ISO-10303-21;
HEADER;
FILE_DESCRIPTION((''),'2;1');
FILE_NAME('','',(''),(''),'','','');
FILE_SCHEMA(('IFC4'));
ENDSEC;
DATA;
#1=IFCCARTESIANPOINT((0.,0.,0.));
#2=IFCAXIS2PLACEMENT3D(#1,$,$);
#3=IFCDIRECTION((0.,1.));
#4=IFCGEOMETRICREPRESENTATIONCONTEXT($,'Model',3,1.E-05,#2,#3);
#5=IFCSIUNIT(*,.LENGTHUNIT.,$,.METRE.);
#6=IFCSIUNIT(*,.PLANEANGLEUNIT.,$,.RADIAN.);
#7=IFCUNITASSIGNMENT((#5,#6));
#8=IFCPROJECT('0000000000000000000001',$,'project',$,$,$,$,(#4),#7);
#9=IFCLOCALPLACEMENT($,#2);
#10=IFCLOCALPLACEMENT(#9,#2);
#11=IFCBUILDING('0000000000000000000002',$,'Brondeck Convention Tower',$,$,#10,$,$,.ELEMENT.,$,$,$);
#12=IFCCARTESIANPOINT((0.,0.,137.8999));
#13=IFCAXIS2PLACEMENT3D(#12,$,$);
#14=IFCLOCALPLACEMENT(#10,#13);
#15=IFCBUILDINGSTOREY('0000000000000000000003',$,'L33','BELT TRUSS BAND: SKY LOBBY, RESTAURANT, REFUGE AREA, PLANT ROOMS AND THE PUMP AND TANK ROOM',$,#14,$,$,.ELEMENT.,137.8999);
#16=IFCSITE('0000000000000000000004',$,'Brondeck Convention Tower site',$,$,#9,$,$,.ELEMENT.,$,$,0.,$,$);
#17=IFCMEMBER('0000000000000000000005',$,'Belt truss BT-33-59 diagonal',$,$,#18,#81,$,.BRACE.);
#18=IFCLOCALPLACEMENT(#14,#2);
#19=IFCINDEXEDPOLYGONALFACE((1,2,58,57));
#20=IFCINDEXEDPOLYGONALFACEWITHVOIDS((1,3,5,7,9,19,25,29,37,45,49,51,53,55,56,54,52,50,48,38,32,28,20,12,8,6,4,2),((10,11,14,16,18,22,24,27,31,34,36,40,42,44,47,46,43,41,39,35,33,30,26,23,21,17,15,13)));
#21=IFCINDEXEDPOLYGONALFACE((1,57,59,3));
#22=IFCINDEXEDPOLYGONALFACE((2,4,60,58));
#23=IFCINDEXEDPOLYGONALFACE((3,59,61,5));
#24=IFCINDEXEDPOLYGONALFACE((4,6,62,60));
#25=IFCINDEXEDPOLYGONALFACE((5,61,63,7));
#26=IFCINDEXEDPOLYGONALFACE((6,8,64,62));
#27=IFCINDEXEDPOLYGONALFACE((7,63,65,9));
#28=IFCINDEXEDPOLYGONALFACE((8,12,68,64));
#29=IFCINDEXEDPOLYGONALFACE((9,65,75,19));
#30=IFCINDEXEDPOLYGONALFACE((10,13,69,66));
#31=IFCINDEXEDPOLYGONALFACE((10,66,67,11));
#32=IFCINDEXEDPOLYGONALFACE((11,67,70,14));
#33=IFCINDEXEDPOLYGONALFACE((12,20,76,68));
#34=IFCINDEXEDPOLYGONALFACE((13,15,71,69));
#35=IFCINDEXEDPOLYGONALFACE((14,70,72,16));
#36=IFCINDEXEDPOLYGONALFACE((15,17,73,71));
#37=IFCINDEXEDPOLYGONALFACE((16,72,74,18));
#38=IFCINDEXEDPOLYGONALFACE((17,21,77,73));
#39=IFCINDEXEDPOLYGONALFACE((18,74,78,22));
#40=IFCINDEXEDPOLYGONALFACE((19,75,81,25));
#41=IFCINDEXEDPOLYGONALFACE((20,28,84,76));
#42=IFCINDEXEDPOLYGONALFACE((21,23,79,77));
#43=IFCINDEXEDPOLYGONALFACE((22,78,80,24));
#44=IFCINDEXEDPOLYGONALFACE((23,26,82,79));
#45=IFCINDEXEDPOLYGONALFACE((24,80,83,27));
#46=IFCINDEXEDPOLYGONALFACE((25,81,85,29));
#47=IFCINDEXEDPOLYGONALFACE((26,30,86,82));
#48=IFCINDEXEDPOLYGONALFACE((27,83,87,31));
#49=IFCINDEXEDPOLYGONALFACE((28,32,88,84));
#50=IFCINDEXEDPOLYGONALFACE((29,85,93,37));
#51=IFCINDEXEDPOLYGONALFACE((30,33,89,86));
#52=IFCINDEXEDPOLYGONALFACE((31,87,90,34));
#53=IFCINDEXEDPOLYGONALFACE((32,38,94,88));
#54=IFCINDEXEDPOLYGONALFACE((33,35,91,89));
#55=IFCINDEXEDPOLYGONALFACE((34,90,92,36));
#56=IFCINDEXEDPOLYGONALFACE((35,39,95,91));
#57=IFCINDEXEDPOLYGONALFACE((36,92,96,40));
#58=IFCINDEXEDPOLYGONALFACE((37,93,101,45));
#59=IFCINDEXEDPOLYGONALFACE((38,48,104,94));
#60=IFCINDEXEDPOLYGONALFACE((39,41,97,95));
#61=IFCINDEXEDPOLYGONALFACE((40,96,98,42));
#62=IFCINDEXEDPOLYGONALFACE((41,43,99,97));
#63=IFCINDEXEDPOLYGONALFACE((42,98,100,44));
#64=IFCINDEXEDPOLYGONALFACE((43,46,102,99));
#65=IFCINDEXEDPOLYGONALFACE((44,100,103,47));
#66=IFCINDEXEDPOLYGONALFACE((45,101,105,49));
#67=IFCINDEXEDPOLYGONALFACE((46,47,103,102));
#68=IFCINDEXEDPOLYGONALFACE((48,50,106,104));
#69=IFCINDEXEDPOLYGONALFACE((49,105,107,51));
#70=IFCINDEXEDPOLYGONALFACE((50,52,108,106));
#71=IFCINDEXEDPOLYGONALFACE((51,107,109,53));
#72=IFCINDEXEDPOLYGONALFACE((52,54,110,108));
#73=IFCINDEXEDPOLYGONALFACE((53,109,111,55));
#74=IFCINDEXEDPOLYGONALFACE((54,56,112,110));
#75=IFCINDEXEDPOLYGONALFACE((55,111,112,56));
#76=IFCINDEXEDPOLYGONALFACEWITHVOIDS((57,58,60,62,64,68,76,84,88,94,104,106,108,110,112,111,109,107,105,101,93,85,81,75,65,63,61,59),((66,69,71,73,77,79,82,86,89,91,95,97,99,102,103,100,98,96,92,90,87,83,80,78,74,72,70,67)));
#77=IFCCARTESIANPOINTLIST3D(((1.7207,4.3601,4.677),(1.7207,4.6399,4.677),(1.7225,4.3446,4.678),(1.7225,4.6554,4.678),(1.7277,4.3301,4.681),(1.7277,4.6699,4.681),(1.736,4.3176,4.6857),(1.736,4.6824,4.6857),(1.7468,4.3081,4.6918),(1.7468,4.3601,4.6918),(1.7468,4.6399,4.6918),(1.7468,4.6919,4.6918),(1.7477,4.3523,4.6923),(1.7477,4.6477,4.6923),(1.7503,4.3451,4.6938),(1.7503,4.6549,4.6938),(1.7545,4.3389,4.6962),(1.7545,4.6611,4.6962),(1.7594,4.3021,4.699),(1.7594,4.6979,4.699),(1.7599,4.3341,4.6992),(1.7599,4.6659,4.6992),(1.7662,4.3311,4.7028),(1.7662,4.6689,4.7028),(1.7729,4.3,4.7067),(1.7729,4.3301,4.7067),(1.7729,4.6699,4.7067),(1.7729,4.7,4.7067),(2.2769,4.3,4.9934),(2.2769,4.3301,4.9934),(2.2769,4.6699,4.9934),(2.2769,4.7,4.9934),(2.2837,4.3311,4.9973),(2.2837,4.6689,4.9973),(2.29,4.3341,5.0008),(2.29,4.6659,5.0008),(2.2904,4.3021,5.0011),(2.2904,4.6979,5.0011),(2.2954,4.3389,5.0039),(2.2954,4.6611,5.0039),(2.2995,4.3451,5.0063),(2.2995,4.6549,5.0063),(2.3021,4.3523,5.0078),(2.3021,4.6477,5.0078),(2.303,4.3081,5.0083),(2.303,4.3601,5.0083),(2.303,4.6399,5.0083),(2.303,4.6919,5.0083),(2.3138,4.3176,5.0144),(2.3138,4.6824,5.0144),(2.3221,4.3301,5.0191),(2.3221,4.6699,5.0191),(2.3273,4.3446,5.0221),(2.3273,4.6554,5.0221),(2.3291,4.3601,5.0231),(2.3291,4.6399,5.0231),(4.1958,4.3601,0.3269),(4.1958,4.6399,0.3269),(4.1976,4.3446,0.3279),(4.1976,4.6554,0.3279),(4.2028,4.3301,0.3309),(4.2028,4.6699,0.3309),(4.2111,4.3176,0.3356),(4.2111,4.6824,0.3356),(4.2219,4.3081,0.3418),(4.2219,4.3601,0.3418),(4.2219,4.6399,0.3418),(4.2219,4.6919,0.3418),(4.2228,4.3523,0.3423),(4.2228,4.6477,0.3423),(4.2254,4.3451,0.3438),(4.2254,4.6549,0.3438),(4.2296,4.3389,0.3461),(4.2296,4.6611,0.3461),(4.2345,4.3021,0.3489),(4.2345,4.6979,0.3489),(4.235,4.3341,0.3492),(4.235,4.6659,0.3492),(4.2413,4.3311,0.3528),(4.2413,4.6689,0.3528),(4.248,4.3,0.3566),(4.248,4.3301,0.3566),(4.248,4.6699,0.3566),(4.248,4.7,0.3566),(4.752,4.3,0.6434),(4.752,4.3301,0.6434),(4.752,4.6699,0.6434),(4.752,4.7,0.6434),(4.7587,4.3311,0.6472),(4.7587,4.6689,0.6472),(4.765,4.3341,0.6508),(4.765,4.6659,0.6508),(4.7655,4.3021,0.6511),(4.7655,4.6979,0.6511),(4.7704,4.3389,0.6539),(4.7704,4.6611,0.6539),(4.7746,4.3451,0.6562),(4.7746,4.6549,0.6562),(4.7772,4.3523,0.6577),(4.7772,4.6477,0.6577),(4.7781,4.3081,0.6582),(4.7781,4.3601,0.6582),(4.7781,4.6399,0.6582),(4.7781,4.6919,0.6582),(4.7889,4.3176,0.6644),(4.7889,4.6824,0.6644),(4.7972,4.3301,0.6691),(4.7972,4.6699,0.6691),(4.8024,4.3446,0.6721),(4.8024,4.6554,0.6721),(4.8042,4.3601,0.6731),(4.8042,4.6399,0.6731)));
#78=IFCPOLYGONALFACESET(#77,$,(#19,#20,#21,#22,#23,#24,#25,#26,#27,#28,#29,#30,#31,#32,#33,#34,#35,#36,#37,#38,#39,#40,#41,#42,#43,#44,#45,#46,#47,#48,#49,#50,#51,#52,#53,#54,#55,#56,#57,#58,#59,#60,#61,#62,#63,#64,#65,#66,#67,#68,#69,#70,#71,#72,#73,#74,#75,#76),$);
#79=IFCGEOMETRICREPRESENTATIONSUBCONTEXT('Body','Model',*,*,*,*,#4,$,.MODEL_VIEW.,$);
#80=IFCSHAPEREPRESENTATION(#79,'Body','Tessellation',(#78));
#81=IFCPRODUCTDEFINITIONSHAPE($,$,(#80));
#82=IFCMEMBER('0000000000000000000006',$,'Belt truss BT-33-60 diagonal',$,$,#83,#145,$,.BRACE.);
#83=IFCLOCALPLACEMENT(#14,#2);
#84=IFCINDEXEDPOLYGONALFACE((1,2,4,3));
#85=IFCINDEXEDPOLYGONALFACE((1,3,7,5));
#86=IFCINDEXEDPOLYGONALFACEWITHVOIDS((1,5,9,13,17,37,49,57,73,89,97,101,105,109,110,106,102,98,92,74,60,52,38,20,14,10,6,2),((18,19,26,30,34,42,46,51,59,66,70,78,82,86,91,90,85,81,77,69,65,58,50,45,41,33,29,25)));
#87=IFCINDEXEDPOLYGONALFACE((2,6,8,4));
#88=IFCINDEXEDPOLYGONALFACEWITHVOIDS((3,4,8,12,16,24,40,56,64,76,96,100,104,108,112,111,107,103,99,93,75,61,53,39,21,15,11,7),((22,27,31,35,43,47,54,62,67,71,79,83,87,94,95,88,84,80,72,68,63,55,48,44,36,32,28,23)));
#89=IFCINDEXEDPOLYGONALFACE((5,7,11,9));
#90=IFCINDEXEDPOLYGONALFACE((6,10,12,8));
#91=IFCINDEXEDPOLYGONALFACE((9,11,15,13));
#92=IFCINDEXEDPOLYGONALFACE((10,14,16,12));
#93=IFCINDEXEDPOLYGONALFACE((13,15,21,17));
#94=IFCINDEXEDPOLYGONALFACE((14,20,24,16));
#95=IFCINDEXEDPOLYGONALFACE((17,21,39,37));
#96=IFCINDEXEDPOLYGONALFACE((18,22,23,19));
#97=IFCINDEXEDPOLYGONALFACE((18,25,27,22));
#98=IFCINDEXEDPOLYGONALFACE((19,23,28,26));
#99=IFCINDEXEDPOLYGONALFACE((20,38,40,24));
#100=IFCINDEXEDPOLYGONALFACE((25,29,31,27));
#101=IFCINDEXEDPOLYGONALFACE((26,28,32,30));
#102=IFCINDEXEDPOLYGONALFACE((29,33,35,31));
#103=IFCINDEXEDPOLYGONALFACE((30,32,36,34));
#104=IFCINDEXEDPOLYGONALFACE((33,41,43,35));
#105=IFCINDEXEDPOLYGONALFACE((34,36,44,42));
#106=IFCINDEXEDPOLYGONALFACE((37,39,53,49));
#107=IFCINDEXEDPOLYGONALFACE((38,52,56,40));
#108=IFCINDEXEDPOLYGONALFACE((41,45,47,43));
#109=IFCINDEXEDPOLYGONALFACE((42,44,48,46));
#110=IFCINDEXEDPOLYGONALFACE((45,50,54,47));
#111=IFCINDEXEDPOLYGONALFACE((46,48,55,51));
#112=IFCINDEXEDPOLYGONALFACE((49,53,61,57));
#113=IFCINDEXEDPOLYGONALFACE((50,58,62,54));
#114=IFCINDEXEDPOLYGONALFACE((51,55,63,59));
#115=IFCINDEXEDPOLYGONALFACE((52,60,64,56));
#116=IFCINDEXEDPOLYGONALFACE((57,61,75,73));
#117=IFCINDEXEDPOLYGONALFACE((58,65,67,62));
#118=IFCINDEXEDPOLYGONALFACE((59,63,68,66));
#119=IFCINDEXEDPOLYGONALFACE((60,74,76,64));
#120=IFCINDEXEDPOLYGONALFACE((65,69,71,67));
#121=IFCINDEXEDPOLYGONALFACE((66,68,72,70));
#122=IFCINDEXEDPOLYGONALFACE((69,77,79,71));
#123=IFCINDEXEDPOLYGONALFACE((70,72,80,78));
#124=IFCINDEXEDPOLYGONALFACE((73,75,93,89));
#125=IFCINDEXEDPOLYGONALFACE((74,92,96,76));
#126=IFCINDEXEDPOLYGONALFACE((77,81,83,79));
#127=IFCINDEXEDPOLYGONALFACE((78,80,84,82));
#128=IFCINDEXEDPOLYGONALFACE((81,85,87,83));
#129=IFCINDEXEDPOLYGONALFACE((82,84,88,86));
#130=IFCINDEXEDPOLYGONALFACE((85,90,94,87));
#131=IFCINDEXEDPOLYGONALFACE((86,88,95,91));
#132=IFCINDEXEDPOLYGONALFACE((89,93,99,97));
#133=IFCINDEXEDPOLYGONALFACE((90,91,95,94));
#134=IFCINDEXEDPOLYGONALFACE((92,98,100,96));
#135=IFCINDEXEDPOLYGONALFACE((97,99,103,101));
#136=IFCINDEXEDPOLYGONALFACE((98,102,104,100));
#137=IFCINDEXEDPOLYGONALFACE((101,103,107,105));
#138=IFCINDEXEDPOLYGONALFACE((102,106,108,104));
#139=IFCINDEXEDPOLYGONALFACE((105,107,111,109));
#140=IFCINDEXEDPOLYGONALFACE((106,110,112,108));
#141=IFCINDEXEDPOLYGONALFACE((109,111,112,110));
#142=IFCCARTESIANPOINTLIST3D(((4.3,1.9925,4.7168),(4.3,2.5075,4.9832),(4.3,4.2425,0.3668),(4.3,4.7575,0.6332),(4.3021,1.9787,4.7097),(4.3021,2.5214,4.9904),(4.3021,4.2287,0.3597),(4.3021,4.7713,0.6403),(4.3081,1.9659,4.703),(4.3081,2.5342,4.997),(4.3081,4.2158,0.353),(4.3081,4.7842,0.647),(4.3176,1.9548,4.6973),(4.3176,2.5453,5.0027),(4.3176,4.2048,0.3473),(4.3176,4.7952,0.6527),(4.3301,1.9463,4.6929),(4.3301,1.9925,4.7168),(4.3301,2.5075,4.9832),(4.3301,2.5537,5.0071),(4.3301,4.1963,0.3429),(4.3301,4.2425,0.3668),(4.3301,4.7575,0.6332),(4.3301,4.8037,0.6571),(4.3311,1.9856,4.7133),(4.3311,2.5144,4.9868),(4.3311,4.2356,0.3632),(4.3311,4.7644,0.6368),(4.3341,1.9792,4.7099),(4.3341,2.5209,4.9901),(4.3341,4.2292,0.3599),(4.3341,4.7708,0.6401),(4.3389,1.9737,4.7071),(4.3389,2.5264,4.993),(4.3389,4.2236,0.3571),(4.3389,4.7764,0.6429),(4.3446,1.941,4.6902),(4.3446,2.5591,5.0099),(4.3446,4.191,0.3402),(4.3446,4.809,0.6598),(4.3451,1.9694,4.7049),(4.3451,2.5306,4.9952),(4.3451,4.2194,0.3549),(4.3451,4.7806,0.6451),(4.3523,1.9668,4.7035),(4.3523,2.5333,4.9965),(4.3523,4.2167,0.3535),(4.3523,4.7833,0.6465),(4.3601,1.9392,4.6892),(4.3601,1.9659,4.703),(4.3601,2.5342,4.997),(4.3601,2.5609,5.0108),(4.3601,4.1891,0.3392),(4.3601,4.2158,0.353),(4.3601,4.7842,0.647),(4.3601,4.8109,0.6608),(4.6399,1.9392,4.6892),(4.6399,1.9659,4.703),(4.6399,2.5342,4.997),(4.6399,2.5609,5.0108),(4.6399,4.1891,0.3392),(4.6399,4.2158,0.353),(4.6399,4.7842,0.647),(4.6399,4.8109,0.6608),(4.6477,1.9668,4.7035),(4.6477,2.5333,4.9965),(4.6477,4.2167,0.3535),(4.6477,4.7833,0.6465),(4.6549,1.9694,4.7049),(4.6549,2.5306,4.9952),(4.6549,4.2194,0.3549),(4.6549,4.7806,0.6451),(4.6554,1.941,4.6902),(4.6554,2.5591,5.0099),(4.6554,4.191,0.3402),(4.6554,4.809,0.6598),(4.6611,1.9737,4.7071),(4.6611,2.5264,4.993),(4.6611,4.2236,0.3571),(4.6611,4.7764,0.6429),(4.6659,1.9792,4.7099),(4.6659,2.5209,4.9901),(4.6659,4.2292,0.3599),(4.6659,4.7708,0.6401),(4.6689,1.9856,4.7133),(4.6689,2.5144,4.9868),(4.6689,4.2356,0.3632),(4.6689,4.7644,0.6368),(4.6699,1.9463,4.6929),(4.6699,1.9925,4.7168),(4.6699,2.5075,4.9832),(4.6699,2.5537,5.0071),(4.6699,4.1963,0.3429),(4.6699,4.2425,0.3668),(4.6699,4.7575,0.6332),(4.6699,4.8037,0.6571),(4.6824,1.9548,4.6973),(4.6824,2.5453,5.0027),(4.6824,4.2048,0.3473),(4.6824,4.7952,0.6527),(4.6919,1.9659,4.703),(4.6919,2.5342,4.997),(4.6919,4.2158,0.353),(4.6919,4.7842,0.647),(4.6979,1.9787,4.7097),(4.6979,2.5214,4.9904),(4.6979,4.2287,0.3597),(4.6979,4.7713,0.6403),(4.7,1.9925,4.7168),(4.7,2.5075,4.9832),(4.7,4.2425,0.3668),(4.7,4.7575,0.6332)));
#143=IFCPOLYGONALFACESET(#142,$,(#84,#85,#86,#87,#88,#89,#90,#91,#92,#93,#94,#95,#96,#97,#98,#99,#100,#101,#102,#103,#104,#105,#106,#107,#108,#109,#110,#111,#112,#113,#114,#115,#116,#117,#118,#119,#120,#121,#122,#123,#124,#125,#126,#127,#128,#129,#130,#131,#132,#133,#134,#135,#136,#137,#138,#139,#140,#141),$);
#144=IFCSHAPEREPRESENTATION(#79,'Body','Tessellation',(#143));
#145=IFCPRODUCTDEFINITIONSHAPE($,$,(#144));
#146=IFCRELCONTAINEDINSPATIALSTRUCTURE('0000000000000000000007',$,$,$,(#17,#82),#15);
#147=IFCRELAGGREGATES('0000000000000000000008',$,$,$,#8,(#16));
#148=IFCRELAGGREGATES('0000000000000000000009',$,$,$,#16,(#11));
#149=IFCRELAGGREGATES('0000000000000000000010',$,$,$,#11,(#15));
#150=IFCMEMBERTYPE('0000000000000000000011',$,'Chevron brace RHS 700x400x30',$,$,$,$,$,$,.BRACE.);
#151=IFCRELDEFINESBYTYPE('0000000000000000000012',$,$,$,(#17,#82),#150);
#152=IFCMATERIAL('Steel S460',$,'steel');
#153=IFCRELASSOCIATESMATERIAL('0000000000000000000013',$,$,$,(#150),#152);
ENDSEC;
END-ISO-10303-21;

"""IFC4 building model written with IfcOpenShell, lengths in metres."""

from ifc_helpers import new_model, si_unit, direction, frame, origin, origin_2d, place, context, subcontext, project, spatial, hollow_rectangle, extrude, material, material_profile, profile_set, type_object, element, save


model = new_model("IFC4")

# Units and contexts
model_context = context("Model", 3, precision=1e-05, world=origin(), true_north=direction((0.0, 1.0)))
body_context = subcontext(model_context, "Body", "Model", "MODEL_VIEW")
ifc_project = project(units=[si_unit("LENGTHUNIT", "METRE"), si_unit("PLANEANGLEUNIT", "RADIAN")], contexts=[model_context])

# Site, building, storey
site_placement = place(None, origin())
site = spatial("IfcSite", under=ifc_project, at=site_placement, Name="Brondeck Convention Tower site", CompositionType="ELEMENT", RefElevation=0.0)
building_placement = place(site_placement, origin())
building = spatial("IfcBuilding", under=site, at=building_placement, Name="Brondeck Convention Tower", CompositionType="ELEMENT")
storey_placement = place(building_placement, frame((0.0, 0.0, 137.8999)))
storey = spatial("IfcBuildingStorey", under=building, at=storey_placement, Name="L33", Description="BELT TRUSS BAND: SKY LOBBY, RESTAURANT, REFUGE AREA, PLANT ROOMS AND THE PUMP AND TANK ROOM", CompositionType="ELEMENT", Elevation=137.8999)

# Members
ifc_material_1 = material(Name="Steel S460", Category="steel")
ifc_material_profile_1 = material_profile(ifc_material_1, hollow_rectangle(XDim=0.3999, YDim=0.7, WallThickness=0.03, InnerFilletRadius=0.03, OuterFilletRadius=0.0601, at=origin_2d()), Name="RHS 700x400x30")
ifc_profile_set_1 = profile_set([ifc_material_profile_1], Name="Steel S460")
member_type_1 = type_object("IfcMemberType", Name="Chevron brace RHS 700x400x30", PredefinedType="BRACE", material=ifc_profile_set_1)
member_1_placement = place(storey_placement, frame((4.5, 4.5, 0.5), z_axis=(-0.494531, 0.0, 0.86916), x_axis=(0.0, -1.0, 0.0)))
element("IfcMember", 1, at=member_1_placement, inside=storey, type_object=member_type_1, Name="Belt truss BT-33-59 diagonal", PredefinedType="BRACE", context=body_context, shape_type="SweptSolid", body=[
    extrude(hollow_rectangle(XDim=0.3999, YDim=0.7, WallThickness=0.03, InnerFilletRadius=0.03, OuterFilletRadius=0.0601, at=origin_2d()), origin(), (0.0, 0.0, 1.0), 5.0049),
])
for number, where, z_axis, x_axis, name in (
    (2, (4.5, 4.5, 0.5), (0.0, -0.459415, 0.888222), (1.0, 0.0, 0.0), "Belt truss BT-33-60 diagonal"),
):
    element("IfcMember", number, at=place(storey_placement, frame(where, z_axis=z_axis, x_axis=x_axis)), inside=storey, type_object=member_type_1, Name=name, PredefinedType="BRACE", context=body_context, shape_type="SweptSolid", body=[
        extrude(hollow_rectangle(XDim=0.3999, YDim=0.7, WallThickness=0.03, InnerFilletRadius=0.03, OuterFilletRadius=0.0601, at=origin_2d()), origin(), (0.0, 0.0, 1.0), 4.8975),
    ])

save(model, "model.ifc")
